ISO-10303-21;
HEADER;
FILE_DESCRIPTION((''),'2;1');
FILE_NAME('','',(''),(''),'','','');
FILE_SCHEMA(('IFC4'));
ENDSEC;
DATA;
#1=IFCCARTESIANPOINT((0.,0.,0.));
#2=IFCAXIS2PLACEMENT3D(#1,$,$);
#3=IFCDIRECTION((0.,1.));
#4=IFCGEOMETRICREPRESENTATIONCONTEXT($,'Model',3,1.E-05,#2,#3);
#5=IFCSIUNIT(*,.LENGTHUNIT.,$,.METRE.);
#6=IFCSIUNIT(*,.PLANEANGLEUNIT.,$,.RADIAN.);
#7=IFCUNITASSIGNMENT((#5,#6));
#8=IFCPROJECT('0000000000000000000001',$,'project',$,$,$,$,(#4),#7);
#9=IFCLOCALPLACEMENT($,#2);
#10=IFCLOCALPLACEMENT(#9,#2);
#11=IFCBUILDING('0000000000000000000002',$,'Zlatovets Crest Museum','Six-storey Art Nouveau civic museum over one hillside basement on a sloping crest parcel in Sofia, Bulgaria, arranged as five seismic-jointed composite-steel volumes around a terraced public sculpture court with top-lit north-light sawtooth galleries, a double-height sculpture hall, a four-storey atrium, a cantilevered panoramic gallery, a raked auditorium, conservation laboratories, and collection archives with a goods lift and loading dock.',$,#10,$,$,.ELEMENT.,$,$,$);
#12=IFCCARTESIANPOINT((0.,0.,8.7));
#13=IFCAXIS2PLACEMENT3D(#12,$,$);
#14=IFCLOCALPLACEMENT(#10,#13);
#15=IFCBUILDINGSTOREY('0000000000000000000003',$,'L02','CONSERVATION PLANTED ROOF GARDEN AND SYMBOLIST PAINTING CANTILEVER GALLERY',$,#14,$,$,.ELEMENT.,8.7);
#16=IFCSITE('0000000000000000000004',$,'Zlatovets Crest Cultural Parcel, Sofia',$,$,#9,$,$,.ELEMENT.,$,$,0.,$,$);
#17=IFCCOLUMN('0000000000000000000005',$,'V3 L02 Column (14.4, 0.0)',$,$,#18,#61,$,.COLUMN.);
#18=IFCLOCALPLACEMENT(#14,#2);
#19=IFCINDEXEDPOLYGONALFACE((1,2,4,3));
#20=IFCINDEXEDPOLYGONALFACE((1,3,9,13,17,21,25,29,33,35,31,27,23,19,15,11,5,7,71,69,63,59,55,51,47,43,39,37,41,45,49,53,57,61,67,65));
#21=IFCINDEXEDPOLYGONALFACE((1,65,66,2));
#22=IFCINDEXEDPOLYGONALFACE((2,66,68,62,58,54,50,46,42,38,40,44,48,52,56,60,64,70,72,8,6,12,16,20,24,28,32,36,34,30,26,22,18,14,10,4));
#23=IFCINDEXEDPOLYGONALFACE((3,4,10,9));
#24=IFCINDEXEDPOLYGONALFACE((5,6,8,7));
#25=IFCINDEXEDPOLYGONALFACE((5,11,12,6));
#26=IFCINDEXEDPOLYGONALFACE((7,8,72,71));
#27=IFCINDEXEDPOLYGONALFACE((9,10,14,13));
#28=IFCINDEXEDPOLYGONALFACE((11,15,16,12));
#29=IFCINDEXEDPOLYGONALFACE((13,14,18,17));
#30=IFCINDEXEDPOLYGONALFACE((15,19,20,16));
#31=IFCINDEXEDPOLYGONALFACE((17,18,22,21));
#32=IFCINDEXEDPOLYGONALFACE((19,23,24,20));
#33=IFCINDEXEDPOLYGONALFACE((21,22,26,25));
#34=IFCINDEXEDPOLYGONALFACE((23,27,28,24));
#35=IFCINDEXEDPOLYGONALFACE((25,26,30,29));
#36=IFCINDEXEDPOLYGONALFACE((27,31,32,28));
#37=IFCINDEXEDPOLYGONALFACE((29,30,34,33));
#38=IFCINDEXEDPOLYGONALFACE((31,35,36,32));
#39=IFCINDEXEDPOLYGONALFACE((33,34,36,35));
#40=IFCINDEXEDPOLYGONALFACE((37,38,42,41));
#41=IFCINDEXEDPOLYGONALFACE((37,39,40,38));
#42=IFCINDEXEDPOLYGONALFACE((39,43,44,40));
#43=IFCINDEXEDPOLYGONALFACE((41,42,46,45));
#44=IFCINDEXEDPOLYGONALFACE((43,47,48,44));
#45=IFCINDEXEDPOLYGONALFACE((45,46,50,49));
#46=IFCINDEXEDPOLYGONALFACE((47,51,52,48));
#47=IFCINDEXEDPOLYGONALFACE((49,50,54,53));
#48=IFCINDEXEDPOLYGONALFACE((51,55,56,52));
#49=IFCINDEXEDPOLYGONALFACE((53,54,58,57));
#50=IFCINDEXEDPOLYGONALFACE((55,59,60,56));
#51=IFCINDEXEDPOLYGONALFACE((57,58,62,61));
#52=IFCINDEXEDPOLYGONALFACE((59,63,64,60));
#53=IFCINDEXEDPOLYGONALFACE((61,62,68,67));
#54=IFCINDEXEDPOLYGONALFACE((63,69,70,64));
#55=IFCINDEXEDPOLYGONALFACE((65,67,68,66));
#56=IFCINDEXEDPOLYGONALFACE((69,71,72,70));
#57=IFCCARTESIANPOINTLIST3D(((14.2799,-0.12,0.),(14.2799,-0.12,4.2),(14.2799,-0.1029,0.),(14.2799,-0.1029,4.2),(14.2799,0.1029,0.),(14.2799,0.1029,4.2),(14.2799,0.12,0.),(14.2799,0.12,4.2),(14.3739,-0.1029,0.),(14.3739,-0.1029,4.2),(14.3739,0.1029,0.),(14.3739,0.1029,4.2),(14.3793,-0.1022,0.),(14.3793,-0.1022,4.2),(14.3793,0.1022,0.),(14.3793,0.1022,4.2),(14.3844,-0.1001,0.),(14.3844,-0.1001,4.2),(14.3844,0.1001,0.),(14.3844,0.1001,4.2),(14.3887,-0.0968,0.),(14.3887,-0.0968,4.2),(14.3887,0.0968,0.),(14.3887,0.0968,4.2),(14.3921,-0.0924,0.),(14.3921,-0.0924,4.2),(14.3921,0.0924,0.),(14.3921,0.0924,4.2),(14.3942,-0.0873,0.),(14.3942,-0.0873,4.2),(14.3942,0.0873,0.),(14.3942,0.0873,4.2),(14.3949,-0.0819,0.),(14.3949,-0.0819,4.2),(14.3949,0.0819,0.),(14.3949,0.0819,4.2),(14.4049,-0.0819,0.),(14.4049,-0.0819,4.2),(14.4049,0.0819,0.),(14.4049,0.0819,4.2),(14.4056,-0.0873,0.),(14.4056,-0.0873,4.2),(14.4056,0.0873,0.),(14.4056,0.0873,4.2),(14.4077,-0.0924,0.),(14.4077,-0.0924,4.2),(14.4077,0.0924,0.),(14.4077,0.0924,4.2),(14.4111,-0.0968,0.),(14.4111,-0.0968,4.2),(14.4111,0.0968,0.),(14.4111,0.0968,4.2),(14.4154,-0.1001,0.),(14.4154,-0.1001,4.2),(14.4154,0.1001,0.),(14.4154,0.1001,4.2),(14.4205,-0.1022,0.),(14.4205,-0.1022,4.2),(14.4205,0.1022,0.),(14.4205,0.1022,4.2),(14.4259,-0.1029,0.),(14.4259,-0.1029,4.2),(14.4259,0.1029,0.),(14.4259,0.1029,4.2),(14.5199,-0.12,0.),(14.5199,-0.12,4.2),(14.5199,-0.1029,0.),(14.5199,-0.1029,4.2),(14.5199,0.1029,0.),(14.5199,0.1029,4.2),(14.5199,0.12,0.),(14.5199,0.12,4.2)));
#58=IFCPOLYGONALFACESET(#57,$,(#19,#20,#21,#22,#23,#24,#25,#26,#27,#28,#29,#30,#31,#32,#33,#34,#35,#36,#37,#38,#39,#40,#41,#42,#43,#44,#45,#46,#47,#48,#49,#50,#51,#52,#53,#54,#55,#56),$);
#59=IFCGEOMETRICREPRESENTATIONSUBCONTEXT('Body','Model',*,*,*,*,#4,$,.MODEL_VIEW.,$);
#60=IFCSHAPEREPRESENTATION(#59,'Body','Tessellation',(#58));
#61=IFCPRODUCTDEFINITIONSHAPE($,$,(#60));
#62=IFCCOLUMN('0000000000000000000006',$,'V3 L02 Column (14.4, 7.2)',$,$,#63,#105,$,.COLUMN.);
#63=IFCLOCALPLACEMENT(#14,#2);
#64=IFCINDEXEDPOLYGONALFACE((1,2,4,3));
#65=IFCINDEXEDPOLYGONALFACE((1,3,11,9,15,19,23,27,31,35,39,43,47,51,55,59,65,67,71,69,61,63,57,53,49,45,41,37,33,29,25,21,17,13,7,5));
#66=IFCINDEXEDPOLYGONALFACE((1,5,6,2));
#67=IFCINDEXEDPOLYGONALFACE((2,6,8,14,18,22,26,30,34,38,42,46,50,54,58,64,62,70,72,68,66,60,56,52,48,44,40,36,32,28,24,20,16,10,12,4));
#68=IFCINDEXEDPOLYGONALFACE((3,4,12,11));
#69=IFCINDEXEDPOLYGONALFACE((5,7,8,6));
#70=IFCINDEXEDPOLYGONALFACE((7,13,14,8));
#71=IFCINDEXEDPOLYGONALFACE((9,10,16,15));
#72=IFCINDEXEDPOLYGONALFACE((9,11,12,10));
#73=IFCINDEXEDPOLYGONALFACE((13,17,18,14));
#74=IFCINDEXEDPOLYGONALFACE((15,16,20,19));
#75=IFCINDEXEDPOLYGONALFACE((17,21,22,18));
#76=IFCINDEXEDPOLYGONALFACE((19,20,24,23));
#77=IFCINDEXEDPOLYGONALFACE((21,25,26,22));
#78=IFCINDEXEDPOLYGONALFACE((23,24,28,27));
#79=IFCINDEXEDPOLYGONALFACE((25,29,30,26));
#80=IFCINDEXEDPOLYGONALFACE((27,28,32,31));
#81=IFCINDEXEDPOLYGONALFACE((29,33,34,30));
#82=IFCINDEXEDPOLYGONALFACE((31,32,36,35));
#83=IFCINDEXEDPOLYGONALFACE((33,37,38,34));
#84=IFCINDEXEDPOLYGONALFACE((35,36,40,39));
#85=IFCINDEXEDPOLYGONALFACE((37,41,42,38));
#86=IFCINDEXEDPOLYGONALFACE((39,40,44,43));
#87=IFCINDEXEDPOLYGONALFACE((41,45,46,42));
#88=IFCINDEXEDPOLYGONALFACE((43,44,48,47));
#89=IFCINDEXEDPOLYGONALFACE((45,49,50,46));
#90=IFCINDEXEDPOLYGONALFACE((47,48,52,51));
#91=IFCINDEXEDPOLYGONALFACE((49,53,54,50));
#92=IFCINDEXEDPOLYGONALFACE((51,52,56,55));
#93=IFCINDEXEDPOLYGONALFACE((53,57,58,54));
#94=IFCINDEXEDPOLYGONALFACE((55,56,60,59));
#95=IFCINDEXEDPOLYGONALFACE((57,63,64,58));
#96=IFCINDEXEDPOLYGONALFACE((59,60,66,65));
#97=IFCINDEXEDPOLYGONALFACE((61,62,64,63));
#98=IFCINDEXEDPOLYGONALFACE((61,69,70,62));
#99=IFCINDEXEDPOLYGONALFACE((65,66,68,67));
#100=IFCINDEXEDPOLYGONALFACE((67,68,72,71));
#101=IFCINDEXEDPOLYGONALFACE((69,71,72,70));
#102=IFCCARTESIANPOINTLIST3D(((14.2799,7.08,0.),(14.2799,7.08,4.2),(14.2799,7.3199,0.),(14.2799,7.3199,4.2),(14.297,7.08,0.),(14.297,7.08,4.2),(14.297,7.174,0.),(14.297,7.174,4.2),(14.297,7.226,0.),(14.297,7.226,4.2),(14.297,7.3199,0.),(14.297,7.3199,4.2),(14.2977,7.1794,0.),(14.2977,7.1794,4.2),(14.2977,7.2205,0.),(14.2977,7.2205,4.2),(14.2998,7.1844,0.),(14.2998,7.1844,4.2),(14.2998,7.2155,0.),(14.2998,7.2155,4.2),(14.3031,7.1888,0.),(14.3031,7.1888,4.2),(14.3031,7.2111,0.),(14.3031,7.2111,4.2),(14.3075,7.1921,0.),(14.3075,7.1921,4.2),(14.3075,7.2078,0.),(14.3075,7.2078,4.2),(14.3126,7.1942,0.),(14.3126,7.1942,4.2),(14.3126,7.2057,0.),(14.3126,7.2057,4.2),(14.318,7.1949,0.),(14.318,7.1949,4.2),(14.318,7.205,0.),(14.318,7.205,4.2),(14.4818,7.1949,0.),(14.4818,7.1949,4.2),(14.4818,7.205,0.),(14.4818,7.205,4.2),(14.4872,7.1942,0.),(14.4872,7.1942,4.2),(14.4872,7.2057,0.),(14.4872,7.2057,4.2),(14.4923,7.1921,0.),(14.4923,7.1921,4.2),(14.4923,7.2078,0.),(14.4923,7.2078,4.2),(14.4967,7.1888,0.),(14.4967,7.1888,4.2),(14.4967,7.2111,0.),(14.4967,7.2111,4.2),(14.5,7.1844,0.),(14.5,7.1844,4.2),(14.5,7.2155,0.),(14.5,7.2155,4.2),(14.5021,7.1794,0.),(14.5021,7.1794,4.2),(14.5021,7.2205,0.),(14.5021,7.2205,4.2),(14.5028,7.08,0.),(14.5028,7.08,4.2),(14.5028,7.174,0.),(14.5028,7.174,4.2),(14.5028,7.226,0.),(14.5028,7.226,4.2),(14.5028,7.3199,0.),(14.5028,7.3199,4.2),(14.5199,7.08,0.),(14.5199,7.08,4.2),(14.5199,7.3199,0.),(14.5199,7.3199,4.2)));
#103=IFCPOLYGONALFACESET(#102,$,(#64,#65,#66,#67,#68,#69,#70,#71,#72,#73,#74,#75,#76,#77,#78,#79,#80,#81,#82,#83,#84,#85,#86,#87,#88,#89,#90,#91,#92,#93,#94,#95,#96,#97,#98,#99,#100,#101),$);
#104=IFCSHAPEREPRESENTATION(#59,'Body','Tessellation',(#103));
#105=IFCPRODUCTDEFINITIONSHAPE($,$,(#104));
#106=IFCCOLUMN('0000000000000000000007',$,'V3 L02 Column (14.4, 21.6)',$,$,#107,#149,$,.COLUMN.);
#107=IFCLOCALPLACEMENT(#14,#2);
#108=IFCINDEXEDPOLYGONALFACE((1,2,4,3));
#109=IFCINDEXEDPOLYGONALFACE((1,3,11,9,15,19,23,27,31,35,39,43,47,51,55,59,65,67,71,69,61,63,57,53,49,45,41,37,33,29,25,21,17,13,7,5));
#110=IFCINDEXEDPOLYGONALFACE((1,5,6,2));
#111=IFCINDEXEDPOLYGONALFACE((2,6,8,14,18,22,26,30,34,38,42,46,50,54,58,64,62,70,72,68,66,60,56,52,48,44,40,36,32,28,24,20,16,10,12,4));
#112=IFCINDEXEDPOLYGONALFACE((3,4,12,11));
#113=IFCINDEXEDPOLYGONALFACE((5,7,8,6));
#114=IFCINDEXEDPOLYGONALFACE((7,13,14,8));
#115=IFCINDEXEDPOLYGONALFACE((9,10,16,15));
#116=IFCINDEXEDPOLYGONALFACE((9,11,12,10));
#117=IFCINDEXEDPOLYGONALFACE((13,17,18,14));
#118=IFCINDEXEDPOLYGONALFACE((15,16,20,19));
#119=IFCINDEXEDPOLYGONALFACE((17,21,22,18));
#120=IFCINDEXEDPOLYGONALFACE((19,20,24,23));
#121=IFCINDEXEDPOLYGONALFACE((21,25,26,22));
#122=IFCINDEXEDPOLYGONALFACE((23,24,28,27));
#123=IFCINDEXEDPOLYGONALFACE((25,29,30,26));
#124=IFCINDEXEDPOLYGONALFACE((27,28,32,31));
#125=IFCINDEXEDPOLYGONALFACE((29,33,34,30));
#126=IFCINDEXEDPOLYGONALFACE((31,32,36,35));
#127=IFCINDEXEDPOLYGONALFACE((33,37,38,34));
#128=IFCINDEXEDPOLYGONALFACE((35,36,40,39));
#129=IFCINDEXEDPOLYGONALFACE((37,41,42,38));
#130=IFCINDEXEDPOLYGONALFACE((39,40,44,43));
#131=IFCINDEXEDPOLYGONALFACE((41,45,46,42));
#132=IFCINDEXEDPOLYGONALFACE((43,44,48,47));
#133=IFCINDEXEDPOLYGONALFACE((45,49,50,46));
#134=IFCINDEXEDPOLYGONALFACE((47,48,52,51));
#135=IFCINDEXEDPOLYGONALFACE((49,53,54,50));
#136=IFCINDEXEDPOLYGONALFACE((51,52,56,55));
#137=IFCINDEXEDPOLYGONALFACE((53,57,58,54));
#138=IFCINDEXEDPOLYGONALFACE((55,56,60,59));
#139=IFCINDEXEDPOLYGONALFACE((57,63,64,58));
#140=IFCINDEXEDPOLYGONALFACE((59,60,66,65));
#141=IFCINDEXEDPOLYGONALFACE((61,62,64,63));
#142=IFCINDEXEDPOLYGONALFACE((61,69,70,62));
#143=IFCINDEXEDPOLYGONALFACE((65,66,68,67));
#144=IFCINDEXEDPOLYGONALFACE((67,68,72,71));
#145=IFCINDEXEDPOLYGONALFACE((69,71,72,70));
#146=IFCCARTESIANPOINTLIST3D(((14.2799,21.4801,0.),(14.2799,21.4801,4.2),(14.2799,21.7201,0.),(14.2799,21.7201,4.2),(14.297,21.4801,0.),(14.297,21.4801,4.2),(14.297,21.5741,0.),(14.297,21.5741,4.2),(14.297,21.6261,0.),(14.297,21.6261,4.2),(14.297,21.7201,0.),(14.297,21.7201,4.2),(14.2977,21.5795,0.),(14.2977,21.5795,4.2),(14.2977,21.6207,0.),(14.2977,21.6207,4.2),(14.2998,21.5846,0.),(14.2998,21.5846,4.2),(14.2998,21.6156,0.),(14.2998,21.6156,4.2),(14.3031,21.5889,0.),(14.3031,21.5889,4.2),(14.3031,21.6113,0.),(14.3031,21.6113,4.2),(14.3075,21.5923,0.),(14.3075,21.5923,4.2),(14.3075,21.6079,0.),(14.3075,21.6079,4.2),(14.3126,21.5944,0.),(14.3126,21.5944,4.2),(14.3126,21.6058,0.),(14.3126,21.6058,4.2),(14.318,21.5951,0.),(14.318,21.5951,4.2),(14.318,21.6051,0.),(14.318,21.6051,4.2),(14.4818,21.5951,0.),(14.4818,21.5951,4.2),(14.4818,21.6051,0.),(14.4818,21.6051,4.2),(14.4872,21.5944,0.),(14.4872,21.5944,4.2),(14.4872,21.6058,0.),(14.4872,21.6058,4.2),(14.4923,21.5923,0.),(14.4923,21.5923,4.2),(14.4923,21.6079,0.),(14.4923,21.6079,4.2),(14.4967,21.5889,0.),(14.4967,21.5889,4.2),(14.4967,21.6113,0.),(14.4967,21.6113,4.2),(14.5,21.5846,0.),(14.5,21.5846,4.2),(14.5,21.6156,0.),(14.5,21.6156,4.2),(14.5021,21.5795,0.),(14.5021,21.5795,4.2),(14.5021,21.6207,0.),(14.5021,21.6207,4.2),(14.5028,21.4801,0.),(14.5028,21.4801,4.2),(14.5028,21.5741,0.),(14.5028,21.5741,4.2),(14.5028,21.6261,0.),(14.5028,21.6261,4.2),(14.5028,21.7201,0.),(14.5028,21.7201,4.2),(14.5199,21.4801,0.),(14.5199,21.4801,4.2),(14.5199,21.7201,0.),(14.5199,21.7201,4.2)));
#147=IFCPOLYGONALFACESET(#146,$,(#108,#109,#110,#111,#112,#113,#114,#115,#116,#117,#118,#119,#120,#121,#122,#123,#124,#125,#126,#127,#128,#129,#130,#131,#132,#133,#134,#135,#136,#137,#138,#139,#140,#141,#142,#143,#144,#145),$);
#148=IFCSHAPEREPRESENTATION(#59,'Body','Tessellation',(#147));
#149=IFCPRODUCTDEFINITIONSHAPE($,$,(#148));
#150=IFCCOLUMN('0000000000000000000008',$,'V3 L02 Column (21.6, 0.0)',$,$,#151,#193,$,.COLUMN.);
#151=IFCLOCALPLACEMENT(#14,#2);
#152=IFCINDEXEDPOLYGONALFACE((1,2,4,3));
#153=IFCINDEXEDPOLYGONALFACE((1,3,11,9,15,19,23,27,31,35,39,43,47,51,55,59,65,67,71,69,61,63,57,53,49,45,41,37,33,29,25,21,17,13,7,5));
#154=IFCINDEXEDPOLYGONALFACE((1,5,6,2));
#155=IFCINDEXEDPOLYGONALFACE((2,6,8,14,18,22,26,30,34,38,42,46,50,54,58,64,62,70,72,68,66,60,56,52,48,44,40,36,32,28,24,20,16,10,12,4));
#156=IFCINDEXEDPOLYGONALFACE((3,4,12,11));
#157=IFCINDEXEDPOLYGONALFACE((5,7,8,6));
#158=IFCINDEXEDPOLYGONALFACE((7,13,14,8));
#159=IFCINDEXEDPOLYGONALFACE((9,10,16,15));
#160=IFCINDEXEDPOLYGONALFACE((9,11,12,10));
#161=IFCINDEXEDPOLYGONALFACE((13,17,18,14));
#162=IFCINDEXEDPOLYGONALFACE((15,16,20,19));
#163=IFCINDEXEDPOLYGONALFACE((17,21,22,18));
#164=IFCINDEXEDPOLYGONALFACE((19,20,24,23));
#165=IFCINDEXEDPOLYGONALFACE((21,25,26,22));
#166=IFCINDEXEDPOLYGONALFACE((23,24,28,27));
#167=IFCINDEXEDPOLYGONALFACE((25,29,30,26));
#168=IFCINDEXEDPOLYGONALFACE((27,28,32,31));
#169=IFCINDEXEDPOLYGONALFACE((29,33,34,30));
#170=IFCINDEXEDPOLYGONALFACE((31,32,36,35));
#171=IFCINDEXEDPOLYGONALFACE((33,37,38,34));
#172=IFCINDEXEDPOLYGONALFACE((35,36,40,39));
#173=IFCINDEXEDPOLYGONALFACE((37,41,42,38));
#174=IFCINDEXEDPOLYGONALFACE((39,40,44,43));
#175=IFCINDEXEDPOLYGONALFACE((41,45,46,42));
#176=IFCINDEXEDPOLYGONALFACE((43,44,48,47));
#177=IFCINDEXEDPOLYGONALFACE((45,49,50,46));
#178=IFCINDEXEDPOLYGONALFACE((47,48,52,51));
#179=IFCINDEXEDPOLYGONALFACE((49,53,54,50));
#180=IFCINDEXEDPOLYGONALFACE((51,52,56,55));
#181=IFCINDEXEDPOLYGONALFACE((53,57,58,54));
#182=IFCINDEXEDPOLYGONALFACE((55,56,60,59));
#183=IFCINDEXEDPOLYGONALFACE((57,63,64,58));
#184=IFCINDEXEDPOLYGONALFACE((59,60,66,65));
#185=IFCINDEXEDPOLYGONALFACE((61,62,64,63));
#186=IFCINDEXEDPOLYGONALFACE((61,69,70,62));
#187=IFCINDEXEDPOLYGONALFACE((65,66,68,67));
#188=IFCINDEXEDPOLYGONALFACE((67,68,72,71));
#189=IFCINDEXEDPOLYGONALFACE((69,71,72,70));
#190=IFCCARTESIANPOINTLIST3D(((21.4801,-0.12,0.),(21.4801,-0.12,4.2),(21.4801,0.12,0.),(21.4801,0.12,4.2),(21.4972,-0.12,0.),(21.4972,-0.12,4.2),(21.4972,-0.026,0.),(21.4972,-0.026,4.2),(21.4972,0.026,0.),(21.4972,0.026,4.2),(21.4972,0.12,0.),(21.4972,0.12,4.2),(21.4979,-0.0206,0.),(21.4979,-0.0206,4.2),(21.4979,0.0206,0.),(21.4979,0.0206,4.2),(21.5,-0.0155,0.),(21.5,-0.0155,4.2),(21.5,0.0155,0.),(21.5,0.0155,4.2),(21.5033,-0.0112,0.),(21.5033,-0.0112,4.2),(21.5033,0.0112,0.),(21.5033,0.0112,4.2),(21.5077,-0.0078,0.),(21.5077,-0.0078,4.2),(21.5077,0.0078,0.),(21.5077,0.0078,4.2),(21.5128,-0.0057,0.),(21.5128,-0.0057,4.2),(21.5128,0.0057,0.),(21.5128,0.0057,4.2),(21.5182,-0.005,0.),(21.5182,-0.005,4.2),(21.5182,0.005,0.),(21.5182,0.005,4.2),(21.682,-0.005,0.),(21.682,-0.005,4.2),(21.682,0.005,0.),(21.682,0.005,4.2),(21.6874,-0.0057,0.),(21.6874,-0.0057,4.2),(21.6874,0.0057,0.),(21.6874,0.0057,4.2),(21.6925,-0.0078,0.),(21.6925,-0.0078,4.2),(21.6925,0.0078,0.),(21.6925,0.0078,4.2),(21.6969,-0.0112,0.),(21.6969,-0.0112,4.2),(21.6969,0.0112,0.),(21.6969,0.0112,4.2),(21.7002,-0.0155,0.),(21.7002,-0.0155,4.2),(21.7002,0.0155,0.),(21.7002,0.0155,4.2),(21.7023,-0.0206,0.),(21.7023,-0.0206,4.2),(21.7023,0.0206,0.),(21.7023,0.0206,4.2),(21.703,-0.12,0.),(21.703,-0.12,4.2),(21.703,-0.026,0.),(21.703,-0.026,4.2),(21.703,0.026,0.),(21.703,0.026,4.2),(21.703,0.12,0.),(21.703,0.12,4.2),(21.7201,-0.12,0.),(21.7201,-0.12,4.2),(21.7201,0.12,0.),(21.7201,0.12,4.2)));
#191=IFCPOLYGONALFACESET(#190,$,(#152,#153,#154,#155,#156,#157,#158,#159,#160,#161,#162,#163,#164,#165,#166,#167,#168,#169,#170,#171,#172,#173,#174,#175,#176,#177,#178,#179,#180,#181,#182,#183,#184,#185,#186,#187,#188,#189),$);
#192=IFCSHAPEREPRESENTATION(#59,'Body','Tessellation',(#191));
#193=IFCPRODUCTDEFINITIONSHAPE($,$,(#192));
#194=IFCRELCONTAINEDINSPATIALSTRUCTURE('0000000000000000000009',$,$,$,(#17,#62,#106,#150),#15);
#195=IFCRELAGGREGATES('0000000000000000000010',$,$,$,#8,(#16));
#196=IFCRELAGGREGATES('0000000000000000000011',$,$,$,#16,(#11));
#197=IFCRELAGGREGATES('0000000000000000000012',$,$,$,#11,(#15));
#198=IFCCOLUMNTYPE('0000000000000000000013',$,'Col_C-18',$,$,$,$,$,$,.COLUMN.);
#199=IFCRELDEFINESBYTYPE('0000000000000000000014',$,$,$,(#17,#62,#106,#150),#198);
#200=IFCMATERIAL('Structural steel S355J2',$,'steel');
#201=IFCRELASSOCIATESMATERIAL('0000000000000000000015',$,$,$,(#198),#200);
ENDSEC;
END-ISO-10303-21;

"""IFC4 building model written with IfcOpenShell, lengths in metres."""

from ifc_helpers import new_model, si_unit, direction, frame, origin, origin_2d, place, context, subcontext, project, spatial, i_section, extrude, material, material_profile, profile_set, type_object, element, save


model = new_model("IFC4")

# Units and contexts
model_context = context("Model", 3, precision=1e-05, world=origin(), true_north=direction((0.0, 1.0)))
body_context = subcontext(model_context, "Body", "Model", "MODEL_VIEW")
ifc_project = project(units=[si_unit("LENGTHUNIT", "METRE"), si_unit("PLANEANGLEUNIT", "RADIAN")], contexts=[model_context])

# Site, building, storey
site_placement = place(None, origin())
site = spatial("IfcSite", under=ifc_project, at=site_placement, Name="Zlatovets Crest Cultural Parcel, Sofia", CompositionType="ELEMENT", RefElevation=0.0)
building_placement = place(site_placement, origin())
building = spatial("IfcBuilding", under=site, at=building_placement, Name="Zlatovets Crest Museum", Description="Six-storey Art Nouveau civic museum over one hillside basement on a sloping crest parcel in Sofia, Bulgaria, arranged as five seismic-jointed composite-steel volumes around a terraced public sculpture court with top-lit north-light sawtooth galleries, a double-height sculpture hall, a four-storey atrium, a cantilevered panoramic gallery, a raked auditorium, conservation laboratories, and collection archives with a goods lift and loading dock.", CompositionType="ELEMENT")
storey_placement = place(building_placement, frame((0.0, 0.0, 8.7)))
storey = spatial("IfcBuildingStorey", under=building, at=storey_placement, Name="L02", Description="CONSERVATION PLANTED ROOF GARDEN AND SYMBOLIST PAINTING CANTILEVER GALLERY", CompositionType="ELEMENT", Elevation=8.7)

# Columns
ifc_material_1 = material(Name="Structural steel S355J2", Category="steel")
ifc_material_profile_1 = material_profile(ifc_material_1, i_section(OverallWidth=0.24, OverallDepth=0.24, WebThickness=0.01, FlangeThickness=0.0171, FilletRadius=0.021, at=origin_2d()), Name="HEB 240")
ifc_profile_set_1 = profile_set([ifc_material_profile_1], Name="Structural steel S355J2")
column_type = type_object("IfcColumnType", Name="Col_C-18", PredefinedType="COLUMN", material=ifc_profile_set_1)
for number, where, z_axis, x_axis, name in (
    (1, (14.3999, 0.0, 0.0), (0.0, 0.0, 1.0), (1.0, 0.0, 0.0), "V3 L02 Column (14.4, 0.0)"),
    (2, (14.3999, 7.2, 0.0), (0.0, 0.0, 1.0), (0.0, 1.0, 0.0), "V3 L02 Column (14.4, 7.2)"),
    (3, (14.3999, 21.6001, 0.0), (0.0, 0.0, 1.0), (0.0, 1.0, 0.0), "V3 L02 Column (14.4, 21.6)"),
    (4, (21.6001, 0.0, 0.0), (0.0, 0.0, 1.0), (0.0, 1.0, 0.0), "V3 L02 Column (21.6, 0.0)"),
):
    element("IfcColumn", number, at=place(storey_placement, frame(where, z_axis=z_axis, x_axis=x_axis)), inside=storey, type_object=column_type, Name=name, PredefinedType="COLUMN", context=body_context, shape_type="SweptSolid", body=[
        extrude(i_section(OverallWidth=0.24, OverallDepth=0.24, WebThickness=0.01, FlangeThickness=0.0171, FilletRadius=0.021, at=origin_2d()), origin(), (0.0, 0.0, 1.0), 4.2),
    ])

save(model, "model.ifc")
